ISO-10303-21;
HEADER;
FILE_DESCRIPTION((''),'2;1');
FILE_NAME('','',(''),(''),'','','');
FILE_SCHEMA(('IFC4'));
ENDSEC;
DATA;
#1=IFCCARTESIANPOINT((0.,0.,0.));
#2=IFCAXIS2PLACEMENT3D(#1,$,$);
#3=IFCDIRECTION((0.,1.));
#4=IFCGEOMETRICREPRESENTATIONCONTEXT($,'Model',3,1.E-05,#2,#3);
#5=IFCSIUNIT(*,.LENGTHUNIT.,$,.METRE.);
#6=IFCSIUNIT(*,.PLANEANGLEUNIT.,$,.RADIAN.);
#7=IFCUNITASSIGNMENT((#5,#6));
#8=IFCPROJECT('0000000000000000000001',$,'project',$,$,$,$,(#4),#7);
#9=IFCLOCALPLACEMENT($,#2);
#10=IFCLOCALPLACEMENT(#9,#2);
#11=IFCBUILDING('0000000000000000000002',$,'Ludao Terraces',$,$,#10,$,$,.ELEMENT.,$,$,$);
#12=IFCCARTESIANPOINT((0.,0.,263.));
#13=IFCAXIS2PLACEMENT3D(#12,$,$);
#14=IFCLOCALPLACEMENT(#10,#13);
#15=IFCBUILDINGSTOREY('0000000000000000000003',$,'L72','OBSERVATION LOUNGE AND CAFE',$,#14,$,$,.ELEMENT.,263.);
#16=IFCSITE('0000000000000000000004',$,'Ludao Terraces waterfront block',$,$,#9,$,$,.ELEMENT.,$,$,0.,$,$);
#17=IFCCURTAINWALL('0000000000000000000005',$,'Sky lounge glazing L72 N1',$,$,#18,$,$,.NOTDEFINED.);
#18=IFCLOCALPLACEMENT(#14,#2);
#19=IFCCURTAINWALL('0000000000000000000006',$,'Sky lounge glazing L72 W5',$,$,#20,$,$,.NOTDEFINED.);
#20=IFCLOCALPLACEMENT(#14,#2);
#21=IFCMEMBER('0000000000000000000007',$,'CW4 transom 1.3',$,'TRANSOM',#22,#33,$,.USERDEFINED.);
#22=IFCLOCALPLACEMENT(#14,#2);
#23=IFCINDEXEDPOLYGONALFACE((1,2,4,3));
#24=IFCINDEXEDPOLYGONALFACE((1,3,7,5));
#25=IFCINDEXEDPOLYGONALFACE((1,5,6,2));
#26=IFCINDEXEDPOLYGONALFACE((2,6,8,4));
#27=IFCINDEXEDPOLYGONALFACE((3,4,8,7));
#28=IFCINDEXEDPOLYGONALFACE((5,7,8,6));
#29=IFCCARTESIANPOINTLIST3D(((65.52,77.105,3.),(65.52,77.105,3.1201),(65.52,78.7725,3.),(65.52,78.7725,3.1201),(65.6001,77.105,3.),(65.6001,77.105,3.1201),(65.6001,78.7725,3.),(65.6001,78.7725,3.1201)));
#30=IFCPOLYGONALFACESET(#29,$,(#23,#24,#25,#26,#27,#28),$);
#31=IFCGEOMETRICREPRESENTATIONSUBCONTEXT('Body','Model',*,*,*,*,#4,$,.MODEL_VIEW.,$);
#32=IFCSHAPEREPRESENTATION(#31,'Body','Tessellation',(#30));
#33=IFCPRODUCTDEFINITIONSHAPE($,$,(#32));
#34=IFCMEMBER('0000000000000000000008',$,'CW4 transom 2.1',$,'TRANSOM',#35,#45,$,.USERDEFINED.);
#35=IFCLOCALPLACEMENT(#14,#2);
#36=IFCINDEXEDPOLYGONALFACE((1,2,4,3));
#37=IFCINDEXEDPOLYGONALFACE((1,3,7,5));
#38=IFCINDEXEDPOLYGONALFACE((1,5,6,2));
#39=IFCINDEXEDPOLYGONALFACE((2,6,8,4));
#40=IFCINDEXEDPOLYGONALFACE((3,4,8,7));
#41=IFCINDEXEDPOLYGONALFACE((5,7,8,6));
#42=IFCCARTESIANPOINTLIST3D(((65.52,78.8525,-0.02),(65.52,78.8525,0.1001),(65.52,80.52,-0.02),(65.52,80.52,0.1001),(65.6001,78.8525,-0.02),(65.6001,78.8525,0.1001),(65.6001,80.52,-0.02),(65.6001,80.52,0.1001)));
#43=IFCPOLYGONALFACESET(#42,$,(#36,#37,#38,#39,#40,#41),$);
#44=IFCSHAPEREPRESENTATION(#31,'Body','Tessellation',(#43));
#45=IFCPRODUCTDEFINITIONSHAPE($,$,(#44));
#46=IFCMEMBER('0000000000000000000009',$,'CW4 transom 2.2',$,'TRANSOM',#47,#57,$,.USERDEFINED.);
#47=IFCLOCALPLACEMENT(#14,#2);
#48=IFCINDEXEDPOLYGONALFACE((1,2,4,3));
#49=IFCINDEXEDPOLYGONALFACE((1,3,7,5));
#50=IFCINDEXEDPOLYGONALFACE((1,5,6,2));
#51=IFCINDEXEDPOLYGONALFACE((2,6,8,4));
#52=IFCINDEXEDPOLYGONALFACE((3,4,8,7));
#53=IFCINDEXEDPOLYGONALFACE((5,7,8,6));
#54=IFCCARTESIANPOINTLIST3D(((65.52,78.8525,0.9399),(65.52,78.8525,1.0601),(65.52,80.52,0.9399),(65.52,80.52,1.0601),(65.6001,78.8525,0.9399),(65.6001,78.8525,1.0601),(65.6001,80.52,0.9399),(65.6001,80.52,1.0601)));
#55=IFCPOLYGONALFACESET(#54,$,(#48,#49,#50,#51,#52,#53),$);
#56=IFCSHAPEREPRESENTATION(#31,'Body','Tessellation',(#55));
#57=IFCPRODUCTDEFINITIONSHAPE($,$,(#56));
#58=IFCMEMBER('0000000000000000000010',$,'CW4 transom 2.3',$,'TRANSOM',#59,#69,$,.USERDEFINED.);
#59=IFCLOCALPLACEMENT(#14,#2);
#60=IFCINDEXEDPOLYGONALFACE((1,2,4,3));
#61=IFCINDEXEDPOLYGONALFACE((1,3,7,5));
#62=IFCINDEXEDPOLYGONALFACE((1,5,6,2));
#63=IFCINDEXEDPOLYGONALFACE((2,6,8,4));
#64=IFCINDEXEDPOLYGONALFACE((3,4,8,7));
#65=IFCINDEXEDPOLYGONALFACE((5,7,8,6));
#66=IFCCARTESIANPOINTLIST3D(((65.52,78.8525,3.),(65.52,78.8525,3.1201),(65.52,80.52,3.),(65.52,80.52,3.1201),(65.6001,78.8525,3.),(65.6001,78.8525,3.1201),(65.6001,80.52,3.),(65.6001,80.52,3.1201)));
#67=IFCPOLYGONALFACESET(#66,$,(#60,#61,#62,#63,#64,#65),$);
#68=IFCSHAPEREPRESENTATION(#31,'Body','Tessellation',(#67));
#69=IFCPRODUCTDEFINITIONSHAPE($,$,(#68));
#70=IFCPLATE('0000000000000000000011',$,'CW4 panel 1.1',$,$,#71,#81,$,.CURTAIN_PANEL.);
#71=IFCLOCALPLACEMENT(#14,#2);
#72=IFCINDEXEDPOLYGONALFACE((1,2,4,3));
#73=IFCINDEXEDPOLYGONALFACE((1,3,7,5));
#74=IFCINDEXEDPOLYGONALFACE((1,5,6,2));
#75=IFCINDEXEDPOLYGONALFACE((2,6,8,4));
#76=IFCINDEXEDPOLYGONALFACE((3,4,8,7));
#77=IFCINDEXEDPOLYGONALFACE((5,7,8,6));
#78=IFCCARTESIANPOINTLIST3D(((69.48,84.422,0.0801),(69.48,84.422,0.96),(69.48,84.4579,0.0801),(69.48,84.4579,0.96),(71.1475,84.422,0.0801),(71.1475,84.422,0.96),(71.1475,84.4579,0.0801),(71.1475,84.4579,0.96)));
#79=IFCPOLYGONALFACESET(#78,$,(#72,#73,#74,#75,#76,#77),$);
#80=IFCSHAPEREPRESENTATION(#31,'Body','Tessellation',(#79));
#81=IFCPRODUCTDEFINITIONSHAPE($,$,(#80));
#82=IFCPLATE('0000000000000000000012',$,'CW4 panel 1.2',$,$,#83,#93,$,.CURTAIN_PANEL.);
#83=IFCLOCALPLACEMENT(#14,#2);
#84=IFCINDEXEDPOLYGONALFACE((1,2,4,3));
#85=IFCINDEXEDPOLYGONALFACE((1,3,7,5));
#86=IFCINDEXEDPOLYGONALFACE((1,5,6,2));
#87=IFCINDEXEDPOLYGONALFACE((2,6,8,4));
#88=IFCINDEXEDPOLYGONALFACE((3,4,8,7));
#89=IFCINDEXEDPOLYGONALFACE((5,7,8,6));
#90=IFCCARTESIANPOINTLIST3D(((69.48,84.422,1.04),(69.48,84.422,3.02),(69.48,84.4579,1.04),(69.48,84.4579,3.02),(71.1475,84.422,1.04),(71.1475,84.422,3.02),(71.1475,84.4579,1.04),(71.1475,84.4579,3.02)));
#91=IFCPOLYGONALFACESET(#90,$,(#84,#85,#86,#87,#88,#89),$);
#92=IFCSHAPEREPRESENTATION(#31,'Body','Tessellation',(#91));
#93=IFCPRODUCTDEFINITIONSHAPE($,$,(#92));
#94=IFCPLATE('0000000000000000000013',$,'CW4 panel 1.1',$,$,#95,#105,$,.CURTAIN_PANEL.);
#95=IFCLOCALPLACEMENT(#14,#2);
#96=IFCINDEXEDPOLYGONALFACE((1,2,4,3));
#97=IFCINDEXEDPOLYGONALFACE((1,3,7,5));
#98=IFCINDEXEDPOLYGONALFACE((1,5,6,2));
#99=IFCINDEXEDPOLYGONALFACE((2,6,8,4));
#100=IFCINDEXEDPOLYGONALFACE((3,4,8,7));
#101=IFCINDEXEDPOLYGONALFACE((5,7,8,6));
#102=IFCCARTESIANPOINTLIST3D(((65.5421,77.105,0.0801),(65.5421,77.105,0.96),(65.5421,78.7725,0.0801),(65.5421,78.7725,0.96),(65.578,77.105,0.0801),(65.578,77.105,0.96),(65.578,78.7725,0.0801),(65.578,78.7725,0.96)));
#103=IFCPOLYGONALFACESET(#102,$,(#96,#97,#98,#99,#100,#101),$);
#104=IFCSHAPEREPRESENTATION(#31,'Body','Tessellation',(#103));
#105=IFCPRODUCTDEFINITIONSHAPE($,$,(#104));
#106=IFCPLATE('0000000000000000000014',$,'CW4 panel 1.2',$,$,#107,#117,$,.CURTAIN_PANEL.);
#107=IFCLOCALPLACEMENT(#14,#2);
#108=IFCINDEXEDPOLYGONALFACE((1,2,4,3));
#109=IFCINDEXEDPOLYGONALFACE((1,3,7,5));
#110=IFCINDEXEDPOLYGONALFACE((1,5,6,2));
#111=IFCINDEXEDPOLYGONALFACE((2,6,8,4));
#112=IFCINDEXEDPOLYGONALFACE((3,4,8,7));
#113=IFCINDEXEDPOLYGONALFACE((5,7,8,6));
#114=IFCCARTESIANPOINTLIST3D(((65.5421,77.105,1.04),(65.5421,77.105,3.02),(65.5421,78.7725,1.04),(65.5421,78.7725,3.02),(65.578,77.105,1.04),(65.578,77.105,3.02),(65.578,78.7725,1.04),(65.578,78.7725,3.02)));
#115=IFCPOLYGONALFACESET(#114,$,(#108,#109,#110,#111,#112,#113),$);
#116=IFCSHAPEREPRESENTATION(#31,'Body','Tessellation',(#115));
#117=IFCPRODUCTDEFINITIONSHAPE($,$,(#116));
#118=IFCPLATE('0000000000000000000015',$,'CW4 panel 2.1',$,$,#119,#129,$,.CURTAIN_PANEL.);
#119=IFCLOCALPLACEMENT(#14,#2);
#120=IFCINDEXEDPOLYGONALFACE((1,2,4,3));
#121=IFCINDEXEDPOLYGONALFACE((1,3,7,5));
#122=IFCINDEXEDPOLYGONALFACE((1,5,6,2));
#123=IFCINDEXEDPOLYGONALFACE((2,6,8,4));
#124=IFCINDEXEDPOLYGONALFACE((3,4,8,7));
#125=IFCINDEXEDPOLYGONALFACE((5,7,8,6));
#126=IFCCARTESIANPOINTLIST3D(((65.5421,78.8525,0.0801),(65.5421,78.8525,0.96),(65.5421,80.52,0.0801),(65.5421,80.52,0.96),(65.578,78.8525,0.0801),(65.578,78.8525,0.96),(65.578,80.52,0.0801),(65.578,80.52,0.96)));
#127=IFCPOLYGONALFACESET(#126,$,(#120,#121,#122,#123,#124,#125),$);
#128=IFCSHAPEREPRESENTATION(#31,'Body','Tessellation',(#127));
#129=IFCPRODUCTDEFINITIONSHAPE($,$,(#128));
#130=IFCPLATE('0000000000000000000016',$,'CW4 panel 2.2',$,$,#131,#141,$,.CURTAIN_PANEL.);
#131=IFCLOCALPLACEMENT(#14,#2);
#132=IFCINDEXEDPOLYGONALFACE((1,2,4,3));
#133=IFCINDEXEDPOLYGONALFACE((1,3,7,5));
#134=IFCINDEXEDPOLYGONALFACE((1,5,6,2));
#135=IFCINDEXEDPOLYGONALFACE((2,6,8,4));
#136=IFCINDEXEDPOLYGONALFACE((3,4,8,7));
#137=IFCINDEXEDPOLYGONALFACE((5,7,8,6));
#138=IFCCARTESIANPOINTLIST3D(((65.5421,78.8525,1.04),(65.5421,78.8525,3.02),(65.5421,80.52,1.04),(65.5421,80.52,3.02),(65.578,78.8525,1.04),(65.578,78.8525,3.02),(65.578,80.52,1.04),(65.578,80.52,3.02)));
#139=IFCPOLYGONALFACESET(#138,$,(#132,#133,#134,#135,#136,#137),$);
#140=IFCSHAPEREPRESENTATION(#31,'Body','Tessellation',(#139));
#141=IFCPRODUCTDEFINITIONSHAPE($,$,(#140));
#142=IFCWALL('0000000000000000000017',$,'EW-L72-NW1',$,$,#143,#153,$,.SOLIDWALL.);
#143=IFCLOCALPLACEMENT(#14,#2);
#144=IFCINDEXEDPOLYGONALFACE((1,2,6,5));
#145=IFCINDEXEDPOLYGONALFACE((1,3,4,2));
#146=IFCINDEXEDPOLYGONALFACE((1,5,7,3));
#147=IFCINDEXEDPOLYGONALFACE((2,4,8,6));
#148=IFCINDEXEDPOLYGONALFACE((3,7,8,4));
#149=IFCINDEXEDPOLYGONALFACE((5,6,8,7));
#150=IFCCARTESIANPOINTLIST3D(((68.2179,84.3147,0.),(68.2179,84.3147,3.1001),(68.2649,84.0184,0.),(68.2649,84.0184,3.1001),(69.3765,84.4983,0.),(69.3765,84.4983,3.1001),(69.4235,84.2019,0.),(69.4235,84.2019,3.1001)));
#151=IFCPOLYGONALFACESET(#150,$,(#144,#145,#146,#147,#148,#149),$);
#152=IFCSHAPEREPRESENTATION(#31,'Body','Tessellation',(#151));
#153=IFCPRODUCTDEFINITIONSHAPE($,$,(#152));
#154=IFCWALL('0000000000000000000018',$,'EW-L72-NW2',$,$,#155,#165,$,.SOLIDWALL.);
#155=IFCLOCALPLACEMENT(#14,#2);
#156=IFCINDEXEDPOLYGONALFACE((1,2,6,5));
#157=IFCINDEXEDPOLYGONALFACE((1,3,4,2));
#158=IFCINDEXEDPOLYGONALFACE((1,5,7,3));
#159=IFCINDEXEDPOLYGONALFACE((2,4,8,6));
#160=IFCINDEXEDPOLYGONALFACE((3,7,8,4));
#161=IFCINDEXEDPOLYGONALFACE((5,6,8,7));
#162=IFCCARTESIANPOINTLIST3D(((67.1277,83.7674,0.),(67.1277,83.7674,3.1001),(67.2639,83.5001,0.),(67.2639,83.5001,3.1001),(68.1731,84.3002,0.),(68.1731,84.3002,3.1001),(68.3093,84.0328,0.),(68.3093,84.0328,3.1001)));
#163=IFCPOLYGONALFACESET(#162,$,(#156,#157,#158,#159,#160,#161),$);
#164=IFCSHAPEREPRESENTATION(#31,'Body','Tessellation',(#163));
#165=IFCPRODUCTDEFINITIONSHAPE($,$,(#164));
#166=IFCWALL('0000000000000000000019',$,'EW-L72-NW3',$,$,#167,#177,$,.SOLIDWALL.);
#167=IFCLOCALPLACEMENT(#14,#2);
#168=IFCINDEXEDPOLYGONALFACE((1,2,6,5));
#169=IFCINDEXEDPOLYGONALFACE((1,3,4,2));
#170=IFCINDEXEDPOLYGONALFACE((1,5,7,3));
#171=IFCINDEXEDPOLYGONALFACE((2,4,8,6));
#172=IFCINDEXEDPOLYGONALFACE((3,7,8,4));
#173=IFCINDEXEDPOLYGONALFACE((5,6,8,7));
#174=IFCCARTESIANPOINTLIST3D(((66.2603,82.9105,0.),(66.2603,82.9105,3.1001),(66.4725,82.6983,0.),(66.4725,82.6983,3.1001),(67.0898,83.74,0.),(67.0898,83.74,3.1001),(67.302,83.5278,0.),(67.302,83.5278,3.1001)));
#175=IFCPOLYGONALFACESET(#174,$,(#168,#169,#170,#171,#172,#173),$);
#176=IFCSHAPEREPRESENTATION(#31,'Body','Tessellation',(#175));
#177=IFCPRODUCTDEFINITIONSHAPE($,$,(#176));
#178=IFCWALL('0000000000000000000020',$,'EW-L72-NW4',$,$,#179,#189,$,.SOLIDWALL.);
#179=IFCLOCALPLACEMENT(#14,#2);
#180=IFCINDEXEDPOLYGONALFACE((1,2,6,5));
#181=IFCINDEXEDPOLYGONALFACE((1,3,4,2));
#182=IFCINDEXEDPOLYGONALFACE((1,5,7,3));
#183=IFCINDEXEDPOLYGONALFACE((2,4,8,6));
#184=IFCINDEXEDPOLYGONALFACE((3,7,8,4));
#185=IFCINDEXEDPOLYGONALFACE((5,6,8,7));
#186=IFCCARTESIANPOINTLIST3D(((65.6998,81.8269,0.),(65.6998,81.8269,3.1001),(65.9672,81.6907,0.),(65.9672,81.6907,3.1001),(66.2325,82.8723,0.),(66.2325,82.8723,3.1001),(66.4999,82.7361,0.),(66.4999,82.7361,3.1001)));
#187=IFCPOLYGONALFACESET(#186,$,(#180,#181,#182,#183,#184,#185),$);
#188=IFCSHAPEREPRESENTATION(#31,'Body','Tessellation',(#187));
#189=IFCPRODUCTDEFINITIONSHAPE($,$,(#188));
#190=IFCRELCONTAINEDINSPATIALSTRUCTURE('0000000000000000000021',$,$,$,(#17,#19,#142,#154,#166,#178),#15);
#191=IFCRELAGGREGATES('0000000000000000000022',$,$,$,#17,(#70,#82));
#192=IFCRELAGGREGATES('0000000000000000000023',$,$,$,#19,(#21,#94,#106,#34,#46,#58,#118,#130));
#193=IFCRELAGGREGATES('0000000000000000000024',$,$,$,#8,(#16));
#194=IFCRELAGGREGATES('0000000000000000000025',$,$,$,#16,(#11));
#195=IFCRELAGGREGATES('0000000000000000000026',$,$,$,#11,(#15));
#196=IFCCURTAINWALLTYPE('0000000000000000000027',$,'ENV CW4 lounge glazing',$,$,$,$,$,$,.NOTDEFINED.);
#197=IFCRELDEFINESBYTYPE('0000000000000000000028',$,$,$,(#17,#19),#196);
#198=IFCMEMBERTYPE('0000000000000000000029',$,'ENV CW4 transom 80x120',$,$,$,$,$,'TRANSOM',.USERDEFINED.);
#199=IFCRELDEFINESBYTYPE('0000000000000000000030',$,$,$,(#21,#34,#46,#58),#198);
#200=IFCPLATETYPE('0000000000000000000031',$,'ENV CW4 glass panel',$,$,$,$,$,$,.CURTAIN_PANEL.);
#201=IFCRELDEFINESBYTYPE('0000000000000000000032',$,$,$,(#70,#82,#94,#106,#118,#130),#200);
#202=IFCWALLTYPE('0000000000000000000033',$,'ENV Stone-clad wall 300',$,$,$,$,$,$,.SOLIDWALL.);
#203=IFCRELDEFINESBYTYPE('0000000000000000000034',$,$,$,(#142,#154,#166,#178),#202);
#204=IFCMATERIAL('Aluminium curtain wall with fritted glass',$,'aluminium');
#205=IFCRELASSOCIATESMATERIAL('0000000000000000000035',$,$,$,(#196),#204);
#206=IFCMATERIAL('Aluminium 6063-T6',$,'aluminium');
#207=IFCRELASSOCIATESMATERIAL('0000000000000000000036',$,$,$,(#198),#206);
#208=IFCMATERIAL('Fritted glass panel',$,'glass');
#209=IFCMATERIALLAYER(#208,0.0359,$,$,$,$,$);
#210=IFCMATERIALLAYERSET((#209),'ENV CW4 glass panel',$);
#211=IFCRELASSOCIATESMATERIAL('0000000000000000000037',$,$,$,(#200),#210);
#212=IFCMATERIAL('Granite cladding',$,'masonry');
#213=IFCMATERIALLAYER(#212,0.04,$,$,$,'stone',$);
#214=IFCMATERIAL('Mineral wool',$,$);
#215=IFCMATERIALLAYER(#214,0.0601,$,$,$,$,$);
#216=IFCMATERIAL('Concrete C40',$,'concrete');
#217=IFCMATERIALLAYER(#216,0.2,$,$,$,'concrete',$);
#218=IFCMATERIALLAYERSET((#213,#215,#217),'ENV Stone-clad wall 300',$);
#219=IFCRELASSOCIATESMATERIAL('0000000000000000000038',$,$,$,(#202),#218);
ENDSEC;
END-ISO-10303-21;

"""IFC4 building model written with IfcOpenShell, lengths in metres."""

from ifc_helpers import new_model, si_unit, direction, frame, frame_2d, origin, origin_2d, place, context, subcontext, project, spatial, rectangle, extrude, material, layer, layer_set, material_profile, profile_set, type_object, element, aggregate, save


model = new_model("IFC4")

# Units and contexts
model_context = context("Model", 3, precision=1e-05, world=origin(), true_north=direction((0.0, 1.0)))
body_context = subcontext(model_context, "Body", "Model", "MODEL_VIEW")
ifc_project = project(units=[si_unit("LENGTHUNIT", "METRE"), si_unit("PLANEANGLEUNIT", "RADIAN")], contexts=[model_context])

# Site, building, storey
site_placement = place(None, origin())
site = spatial("IfcSite", under=ifc_project, at=site_placement, Name="Ludao Terraces waterfront block", CompositionType="ELEMENT", RefElevation=0.0)
building_placement = place(site_placement, origin())
building = spatial("IfcBuilding", under=site, at=building_placement, Name="Ludao Terraces", CompositionType="ELEMENT")
storey_placement = place(building_placement, frame((0.0, 0.0, 263.0)))
storey = spatial("IfcBuildingStorey", under=building, at=storey_placement, Name="L72", Description="OBSERVATION LOUNGE AND CAFE", CompositionType="ELEMENT", Elevation=263.0)

# Shared definitions
ifc_material_1 = material(Name="Concrete C40", Category="concrete")

# Curtain wall
ifc_material_2 = material(Name="Aluminium curtain wall with fritted glass", Category="aluminium")
curtain_wall_type = type_object("IfcCurtainWallType", Name="ENV CW4 lounge glazing", PredefinedType="NOTDEFINED", material=ifc_material_2)
curtain_wall_1_placement = place(storey_placement, origin())
curtain_wall_1 = element("IfcCurtainWall", 1, at=curtain_wall_1_placement, inside=storey, type_object=curtain_wall_type, Name="Sky lounge glazing L72 N1", PredefinedType="NOTDEFINED")
ifc_material_3 = material(Name="Aluminium 6063-T6", Category="aluminium")

# Curtain wall
curtain_wall_2_placement = place(storey_placement, origin())
curtain_wall_2 = element("IfcCurtainWall", 2, at=curtain_wall_2_placement, inside=storey, type_object=curtain_wall_type, Name="Sky lounge glazing L72 W5", PredefinedType="NOTDEFINED")

# Members
ifc_material_profile_1 = material_profile(ifc_material_3, rectangle(XDim=0.0801, YDim=0.1201, at=origin_2d()), Name="80 X 120")
ifc_profile_set_1 = profile_set([ifc_material_profile_1], Name="Aluminium 6063-T6")
member_type_1 = type_object("IfcMemberType", Name="ENV CW4 transom 80x120", ElementType="TRANSOM", PredefinedType="USERDEFINED", material=ifc_profile_set_1)
member_1_placement = place(storey_placement, frame((65.5601, 77.105, 3.0601), z_axis=(0.0, 1.0, 0.0), x_axis=(-1.0, 0.0, 0.0)))
member_1 = element("IfcMember", 3, at=member_1_placement, type_object=member_type_1, Name="CW4 transom 1.3", ObjectType="TRANSOM", PredefinedType="USERDEFINED", context=body_context, shape_type="SweptSolid", body=[
    extrude(rectangle(XDim=0.0801, YDim=0.1201, at=origin_2d()), origin(), (0.0, 0.0, 1.0), 1.6675),
])
member_2_placement = place(storey_placement, frame((65.5601, 78.8525, 0.04), z_axis=(0.0, 1.0, 0.0), x_axis=(-1.0, 0.0, 0.0)))
member_2 = element("IfcMember", 4, at=member_2_placement, type_object=member_type_1, Name="CW4 transom 2.1", ObjectType="TRANSOM", PredefinedType="USERDEFINED", context=body_context, shape_type="SweptSolid", body=[
    extrude(rectangle(XDim=0.0801, YDim=0.1201, at=origin_2d()), origin(), (0.0, 0.0, 1.0), 1.6675),
])
member_3_placement = place(storey_placement, frame((65.5601, 78.8525, 1.0), z_axis=(0.0, 1.0, 0.0), x_axis=(-1.0, 0.0, 0.0)))
member_3 = element("IfcMember", 5, at=member_3_placement, type_object=member_type_1, Name="CW4 transom 2.2", ObjectType="TRANSOM", PredefinedType="USERDEFINED", context=body_context, shape_type="SweptSolid", body=[
    extrude(rectangle(XDim=0.0801, YDim=0.1201, at=origin_2d()), origin(), (0.0, 0.0, 1.0), 1.6675),
])
member_4_placement = place(storey_placement, frame((65.5601, 78.8525, 3.0601), z_axis=(0.0, 1.0, 0.0), x_axis=(-1.0, 0.0, 0.0)))
member_4 = element("IfcMember", 6, at=member_4_placement, type_object=member_type_1, Name="CW4 transom 2.3", ObjectType="TRANSOM", PredefinedType="USERDEFINED", context=body_context, shape_type="SweptSolid", body=[
    extrude(rectangle(XDim=0.0801, YDim=0.1201, at=origin_2d()), origin(), (0.0, 0.0, 1.0), 1.6675),
])

# Plates
ifc_material_4 = material(Name="Fritted glass panel", Category="glass")
ifc_layer_1 = layer(ifc_material_4, 0.0359)
ifc_layer_set_1 = layer_set([ifc_layer_1], Name="ENV CW4 glass panel")
plate_type = type_object("IfcPlateType", Name="ENV CW4 glass panel", PredefinedType="CURTAIN_PANEL", material=ifc_layer_set_1)
plate_1_placement = place(storey_placement, frame((70.3137, 84.4399, 0.0801), z_axis=(0.0, 0.0, 1.0), x_axis=(1.0, 0.0, 0.0)))
plate_1 = element("IfcPlate", 7, at=plate_1_placement, type_object=plate_type, Name="CW4 panel 1.1", PredefinedType="CURTAIN_PANEL", context=body_context, shape_type="SweptSolid", body=[
    extrude(rectangle(XDim=1.6675, YDim=0.0359, at=origin_2d()), origin(), (0.0, 0.0, 1.0), 0.8799),
])
plate_2_placement = place(storey_placement, frame((70.3137, 84.4399, 1.04), z_axis=(0.0, 0.0, 1.0), x_axis=(1.0, 0.0, 0.0)))
plate_2 = element("IfcPlate", 8, at=plate_2_placement, type_object=plate_type, Name="CW4 panel 1.2", PredefinedType="CURTAIN_PANEL", context=body_context, shape_type="SweptSolid", body=[
    extrude(rectangle(XDim=1.6675, YDim=0.0359, at=origin_2d()), origin(), (0.0, 0.0, 1.0), 1.98),
])
aggregate(curtain_wall_1, [plate_1, plate_2])
plate_3_placement = place(storey_placement, frame((65.5601, 77.9387, 0.0801), z_axis=(0.0, 0.0, 1.0), x_axis=(0.0, 1.0, 0.0)))
plate_3 = element("IfcPlate", 9, at=plate_3_placement, type_object=plate_type, Name="CW4 panel 1.1", PredefinedType="CURTAIN_PANEL", context=body_context, shape_type="SweptSolid", body=[
    extrude(rectangle(XDim=1.6675, YDim=0.0359, at=origin_2d()), origin(), (0.0, 0.0, 1.0), 0.8799),
])
plate_4_placement = place(storey_placement, frame((65.5601, 77.9387, 1.04), z_axis=(0.0, 0.0, 1.0), x_axis=(0.0, 1.0, 0.0)))
plate_4 = element("IfcPlate", 10, at=plate_4_placement, type_object=plate_type, Name="CW4 panel 1.2", PredefinedType="CURTAIN_PANEL", context=body_context, shape_type="SweptSolid", body=[
    extrude(rectangle(XDim=1.6675, YDim=0.0359, at=origin_2d()), origin(), (0.0, 0.0, 1.0), 1.98),
])
plate_5_placement = place(storey_placement, frame((65.5601, 79.6863, 0.0801), z_axis=(0.0, 0.0, 1.0), x_axis=(0.0, 1.0, 0.0)))
plate_5 = element("IfcPlate", 11, at=plate_5_placement, type_object=plate_type, Name="CW4 panel 2.1", PredefinedType="CURTAIN_PANEL", context=body_context, shape_type="SweptSolid", body=[
    extrude(rectangle(XDim=1.6675, YDim=0.0359, at=origin_2d()), origin(), (0.0, 0.0, 1.0), 0.8799),
])
plate_6_placement = place(storey_placement, frame((65.5601, 79.6863, 1.04), z_axis=(0.0, 0.0, 1.0), x_axis=(0.0, 1.0, 0.0)))
plate_6 = element("IfcPlate", 12, at=plate_6_placement, type_object=plate_type, Name="CW4 panel 2.2", PredefinedType="CURTAIN_PANEL", context=body_context, shape_type="SweptSolid", body=[
    extrude(rectangle(XDim=1.6675, YDim=0.0359, at=origin_2d()), origin(), (0.0, 0.0, 1.0), 1.98),
])
aggregate(curtain_wall_2, [member_1, plate_3, plate_4, member_2, member_3, member_4, plate_5, plate_6])

# Walls
ifc_material_5 = material(Name="Granite cladding", Category="masonry")
ifc_layer_2 = layer(ifc_material_5, 0.04, Category="stone")
ifc_material_6 = material(Name="Mineral wool")
ifc_layer_3 = layer(ifc_material_6, 0.0601)
ifc_layer_4 = layer(ifc_material_1, 0.2, Category="concrete")
ifc_layer_set_2 = layer_set([ifc_layer_2, ifc_layer_3, ifc_layer_4], Name="ENV Stone-clad wall 300")
wall_type_1 = type_object("IfcWallType", Name="ENV Stone-clad wall 300", PredefinedType="SOLIDWALL", material=ifc_layer_set_2)
wall_1_placement = place(storey_placement, frame((69.3999, 84.3501, 0.0), z_axis=(0.0, 0.0, 1.0), x_axis=(-0.987678, -0.156497, 0.0)))
element("IfcWall", 13, at=wall_1_placement, inside=storey, type_object=wall_type_1, Name="EW-L72-NW1", PredefinedType="SOLIDWALL", context=body_context, shape_type="SweptSolid", body=[
    extrude(rectangle(XDim=1.1731, YDim=0.3, at=frame_2d((0.5864, 0.0))), origin(), (0.0, 0.0, 1.0), 3.1001),
])
wall_2_placement = place(storey_placement, frame((68.2412, 84.1665, 0.0), z_axis=(0.0, 0.0, 1.0), x_axis=(-0.890989, -0.454026, 0.0)))
element("IfcWall", 14, at=wall_2_placement, inside=storey, type_object=wall_type_1, Name="EW-L72-NW2", PredefinedType="SOLIDWALL", context=body_context, shape_type="SweptSolid", body=[
    extrude(rectangle(XDim=1.1733, YDim=0.3, at=frame_2d((0.5867, 0.0))), origin(), (0.0, 0.0, 1.0), 3.1001),
])
wall_3_placement = place(storey_placement, frame((67.1958, 83.6338, 0.0), z_axis=(0.0, 0.0, 1.0), x_axis=(-0.707107, -0.707107, 0.0)))
element("IfcWall", 15, at=wall_3_placement, inside=storey, type_object=wall_type_1, Name="EW-L72-NW3", PredefinedType="SOLIDWALL", context=body_context, shape_type="SweptSolid", body=[
    extrude(rectangle(XDim=1.1731, YDim=0.3, at=frame_2d((0.5864, 0.0))), origin(), (0.0, 0.0, 1.0), 3.1001),
])
wall_4_placement = place(storey_placement, frame((66.3662, 82.8042, 0.0), z_axis=(0.0, 0.0, 1.0), x_axis=(-0.454026, -0.890989, 0.0)))
element("IfcWall", 16, at=wall_4_placement, inside=storey, type_object=wall_type_1, Name="EW-L72-NW4", PredefinedType="SOLIDWALL", context=body_context, shape_type="SweptSolid", body=[
    extrude(rectangle(XDim=1.1733, YDim=0.3, at=frame_2d((0.5867, 0.0))), origin(), (0.0, 0.0, 1.0), 3.1001),
])

save(model, "model.ifc")
